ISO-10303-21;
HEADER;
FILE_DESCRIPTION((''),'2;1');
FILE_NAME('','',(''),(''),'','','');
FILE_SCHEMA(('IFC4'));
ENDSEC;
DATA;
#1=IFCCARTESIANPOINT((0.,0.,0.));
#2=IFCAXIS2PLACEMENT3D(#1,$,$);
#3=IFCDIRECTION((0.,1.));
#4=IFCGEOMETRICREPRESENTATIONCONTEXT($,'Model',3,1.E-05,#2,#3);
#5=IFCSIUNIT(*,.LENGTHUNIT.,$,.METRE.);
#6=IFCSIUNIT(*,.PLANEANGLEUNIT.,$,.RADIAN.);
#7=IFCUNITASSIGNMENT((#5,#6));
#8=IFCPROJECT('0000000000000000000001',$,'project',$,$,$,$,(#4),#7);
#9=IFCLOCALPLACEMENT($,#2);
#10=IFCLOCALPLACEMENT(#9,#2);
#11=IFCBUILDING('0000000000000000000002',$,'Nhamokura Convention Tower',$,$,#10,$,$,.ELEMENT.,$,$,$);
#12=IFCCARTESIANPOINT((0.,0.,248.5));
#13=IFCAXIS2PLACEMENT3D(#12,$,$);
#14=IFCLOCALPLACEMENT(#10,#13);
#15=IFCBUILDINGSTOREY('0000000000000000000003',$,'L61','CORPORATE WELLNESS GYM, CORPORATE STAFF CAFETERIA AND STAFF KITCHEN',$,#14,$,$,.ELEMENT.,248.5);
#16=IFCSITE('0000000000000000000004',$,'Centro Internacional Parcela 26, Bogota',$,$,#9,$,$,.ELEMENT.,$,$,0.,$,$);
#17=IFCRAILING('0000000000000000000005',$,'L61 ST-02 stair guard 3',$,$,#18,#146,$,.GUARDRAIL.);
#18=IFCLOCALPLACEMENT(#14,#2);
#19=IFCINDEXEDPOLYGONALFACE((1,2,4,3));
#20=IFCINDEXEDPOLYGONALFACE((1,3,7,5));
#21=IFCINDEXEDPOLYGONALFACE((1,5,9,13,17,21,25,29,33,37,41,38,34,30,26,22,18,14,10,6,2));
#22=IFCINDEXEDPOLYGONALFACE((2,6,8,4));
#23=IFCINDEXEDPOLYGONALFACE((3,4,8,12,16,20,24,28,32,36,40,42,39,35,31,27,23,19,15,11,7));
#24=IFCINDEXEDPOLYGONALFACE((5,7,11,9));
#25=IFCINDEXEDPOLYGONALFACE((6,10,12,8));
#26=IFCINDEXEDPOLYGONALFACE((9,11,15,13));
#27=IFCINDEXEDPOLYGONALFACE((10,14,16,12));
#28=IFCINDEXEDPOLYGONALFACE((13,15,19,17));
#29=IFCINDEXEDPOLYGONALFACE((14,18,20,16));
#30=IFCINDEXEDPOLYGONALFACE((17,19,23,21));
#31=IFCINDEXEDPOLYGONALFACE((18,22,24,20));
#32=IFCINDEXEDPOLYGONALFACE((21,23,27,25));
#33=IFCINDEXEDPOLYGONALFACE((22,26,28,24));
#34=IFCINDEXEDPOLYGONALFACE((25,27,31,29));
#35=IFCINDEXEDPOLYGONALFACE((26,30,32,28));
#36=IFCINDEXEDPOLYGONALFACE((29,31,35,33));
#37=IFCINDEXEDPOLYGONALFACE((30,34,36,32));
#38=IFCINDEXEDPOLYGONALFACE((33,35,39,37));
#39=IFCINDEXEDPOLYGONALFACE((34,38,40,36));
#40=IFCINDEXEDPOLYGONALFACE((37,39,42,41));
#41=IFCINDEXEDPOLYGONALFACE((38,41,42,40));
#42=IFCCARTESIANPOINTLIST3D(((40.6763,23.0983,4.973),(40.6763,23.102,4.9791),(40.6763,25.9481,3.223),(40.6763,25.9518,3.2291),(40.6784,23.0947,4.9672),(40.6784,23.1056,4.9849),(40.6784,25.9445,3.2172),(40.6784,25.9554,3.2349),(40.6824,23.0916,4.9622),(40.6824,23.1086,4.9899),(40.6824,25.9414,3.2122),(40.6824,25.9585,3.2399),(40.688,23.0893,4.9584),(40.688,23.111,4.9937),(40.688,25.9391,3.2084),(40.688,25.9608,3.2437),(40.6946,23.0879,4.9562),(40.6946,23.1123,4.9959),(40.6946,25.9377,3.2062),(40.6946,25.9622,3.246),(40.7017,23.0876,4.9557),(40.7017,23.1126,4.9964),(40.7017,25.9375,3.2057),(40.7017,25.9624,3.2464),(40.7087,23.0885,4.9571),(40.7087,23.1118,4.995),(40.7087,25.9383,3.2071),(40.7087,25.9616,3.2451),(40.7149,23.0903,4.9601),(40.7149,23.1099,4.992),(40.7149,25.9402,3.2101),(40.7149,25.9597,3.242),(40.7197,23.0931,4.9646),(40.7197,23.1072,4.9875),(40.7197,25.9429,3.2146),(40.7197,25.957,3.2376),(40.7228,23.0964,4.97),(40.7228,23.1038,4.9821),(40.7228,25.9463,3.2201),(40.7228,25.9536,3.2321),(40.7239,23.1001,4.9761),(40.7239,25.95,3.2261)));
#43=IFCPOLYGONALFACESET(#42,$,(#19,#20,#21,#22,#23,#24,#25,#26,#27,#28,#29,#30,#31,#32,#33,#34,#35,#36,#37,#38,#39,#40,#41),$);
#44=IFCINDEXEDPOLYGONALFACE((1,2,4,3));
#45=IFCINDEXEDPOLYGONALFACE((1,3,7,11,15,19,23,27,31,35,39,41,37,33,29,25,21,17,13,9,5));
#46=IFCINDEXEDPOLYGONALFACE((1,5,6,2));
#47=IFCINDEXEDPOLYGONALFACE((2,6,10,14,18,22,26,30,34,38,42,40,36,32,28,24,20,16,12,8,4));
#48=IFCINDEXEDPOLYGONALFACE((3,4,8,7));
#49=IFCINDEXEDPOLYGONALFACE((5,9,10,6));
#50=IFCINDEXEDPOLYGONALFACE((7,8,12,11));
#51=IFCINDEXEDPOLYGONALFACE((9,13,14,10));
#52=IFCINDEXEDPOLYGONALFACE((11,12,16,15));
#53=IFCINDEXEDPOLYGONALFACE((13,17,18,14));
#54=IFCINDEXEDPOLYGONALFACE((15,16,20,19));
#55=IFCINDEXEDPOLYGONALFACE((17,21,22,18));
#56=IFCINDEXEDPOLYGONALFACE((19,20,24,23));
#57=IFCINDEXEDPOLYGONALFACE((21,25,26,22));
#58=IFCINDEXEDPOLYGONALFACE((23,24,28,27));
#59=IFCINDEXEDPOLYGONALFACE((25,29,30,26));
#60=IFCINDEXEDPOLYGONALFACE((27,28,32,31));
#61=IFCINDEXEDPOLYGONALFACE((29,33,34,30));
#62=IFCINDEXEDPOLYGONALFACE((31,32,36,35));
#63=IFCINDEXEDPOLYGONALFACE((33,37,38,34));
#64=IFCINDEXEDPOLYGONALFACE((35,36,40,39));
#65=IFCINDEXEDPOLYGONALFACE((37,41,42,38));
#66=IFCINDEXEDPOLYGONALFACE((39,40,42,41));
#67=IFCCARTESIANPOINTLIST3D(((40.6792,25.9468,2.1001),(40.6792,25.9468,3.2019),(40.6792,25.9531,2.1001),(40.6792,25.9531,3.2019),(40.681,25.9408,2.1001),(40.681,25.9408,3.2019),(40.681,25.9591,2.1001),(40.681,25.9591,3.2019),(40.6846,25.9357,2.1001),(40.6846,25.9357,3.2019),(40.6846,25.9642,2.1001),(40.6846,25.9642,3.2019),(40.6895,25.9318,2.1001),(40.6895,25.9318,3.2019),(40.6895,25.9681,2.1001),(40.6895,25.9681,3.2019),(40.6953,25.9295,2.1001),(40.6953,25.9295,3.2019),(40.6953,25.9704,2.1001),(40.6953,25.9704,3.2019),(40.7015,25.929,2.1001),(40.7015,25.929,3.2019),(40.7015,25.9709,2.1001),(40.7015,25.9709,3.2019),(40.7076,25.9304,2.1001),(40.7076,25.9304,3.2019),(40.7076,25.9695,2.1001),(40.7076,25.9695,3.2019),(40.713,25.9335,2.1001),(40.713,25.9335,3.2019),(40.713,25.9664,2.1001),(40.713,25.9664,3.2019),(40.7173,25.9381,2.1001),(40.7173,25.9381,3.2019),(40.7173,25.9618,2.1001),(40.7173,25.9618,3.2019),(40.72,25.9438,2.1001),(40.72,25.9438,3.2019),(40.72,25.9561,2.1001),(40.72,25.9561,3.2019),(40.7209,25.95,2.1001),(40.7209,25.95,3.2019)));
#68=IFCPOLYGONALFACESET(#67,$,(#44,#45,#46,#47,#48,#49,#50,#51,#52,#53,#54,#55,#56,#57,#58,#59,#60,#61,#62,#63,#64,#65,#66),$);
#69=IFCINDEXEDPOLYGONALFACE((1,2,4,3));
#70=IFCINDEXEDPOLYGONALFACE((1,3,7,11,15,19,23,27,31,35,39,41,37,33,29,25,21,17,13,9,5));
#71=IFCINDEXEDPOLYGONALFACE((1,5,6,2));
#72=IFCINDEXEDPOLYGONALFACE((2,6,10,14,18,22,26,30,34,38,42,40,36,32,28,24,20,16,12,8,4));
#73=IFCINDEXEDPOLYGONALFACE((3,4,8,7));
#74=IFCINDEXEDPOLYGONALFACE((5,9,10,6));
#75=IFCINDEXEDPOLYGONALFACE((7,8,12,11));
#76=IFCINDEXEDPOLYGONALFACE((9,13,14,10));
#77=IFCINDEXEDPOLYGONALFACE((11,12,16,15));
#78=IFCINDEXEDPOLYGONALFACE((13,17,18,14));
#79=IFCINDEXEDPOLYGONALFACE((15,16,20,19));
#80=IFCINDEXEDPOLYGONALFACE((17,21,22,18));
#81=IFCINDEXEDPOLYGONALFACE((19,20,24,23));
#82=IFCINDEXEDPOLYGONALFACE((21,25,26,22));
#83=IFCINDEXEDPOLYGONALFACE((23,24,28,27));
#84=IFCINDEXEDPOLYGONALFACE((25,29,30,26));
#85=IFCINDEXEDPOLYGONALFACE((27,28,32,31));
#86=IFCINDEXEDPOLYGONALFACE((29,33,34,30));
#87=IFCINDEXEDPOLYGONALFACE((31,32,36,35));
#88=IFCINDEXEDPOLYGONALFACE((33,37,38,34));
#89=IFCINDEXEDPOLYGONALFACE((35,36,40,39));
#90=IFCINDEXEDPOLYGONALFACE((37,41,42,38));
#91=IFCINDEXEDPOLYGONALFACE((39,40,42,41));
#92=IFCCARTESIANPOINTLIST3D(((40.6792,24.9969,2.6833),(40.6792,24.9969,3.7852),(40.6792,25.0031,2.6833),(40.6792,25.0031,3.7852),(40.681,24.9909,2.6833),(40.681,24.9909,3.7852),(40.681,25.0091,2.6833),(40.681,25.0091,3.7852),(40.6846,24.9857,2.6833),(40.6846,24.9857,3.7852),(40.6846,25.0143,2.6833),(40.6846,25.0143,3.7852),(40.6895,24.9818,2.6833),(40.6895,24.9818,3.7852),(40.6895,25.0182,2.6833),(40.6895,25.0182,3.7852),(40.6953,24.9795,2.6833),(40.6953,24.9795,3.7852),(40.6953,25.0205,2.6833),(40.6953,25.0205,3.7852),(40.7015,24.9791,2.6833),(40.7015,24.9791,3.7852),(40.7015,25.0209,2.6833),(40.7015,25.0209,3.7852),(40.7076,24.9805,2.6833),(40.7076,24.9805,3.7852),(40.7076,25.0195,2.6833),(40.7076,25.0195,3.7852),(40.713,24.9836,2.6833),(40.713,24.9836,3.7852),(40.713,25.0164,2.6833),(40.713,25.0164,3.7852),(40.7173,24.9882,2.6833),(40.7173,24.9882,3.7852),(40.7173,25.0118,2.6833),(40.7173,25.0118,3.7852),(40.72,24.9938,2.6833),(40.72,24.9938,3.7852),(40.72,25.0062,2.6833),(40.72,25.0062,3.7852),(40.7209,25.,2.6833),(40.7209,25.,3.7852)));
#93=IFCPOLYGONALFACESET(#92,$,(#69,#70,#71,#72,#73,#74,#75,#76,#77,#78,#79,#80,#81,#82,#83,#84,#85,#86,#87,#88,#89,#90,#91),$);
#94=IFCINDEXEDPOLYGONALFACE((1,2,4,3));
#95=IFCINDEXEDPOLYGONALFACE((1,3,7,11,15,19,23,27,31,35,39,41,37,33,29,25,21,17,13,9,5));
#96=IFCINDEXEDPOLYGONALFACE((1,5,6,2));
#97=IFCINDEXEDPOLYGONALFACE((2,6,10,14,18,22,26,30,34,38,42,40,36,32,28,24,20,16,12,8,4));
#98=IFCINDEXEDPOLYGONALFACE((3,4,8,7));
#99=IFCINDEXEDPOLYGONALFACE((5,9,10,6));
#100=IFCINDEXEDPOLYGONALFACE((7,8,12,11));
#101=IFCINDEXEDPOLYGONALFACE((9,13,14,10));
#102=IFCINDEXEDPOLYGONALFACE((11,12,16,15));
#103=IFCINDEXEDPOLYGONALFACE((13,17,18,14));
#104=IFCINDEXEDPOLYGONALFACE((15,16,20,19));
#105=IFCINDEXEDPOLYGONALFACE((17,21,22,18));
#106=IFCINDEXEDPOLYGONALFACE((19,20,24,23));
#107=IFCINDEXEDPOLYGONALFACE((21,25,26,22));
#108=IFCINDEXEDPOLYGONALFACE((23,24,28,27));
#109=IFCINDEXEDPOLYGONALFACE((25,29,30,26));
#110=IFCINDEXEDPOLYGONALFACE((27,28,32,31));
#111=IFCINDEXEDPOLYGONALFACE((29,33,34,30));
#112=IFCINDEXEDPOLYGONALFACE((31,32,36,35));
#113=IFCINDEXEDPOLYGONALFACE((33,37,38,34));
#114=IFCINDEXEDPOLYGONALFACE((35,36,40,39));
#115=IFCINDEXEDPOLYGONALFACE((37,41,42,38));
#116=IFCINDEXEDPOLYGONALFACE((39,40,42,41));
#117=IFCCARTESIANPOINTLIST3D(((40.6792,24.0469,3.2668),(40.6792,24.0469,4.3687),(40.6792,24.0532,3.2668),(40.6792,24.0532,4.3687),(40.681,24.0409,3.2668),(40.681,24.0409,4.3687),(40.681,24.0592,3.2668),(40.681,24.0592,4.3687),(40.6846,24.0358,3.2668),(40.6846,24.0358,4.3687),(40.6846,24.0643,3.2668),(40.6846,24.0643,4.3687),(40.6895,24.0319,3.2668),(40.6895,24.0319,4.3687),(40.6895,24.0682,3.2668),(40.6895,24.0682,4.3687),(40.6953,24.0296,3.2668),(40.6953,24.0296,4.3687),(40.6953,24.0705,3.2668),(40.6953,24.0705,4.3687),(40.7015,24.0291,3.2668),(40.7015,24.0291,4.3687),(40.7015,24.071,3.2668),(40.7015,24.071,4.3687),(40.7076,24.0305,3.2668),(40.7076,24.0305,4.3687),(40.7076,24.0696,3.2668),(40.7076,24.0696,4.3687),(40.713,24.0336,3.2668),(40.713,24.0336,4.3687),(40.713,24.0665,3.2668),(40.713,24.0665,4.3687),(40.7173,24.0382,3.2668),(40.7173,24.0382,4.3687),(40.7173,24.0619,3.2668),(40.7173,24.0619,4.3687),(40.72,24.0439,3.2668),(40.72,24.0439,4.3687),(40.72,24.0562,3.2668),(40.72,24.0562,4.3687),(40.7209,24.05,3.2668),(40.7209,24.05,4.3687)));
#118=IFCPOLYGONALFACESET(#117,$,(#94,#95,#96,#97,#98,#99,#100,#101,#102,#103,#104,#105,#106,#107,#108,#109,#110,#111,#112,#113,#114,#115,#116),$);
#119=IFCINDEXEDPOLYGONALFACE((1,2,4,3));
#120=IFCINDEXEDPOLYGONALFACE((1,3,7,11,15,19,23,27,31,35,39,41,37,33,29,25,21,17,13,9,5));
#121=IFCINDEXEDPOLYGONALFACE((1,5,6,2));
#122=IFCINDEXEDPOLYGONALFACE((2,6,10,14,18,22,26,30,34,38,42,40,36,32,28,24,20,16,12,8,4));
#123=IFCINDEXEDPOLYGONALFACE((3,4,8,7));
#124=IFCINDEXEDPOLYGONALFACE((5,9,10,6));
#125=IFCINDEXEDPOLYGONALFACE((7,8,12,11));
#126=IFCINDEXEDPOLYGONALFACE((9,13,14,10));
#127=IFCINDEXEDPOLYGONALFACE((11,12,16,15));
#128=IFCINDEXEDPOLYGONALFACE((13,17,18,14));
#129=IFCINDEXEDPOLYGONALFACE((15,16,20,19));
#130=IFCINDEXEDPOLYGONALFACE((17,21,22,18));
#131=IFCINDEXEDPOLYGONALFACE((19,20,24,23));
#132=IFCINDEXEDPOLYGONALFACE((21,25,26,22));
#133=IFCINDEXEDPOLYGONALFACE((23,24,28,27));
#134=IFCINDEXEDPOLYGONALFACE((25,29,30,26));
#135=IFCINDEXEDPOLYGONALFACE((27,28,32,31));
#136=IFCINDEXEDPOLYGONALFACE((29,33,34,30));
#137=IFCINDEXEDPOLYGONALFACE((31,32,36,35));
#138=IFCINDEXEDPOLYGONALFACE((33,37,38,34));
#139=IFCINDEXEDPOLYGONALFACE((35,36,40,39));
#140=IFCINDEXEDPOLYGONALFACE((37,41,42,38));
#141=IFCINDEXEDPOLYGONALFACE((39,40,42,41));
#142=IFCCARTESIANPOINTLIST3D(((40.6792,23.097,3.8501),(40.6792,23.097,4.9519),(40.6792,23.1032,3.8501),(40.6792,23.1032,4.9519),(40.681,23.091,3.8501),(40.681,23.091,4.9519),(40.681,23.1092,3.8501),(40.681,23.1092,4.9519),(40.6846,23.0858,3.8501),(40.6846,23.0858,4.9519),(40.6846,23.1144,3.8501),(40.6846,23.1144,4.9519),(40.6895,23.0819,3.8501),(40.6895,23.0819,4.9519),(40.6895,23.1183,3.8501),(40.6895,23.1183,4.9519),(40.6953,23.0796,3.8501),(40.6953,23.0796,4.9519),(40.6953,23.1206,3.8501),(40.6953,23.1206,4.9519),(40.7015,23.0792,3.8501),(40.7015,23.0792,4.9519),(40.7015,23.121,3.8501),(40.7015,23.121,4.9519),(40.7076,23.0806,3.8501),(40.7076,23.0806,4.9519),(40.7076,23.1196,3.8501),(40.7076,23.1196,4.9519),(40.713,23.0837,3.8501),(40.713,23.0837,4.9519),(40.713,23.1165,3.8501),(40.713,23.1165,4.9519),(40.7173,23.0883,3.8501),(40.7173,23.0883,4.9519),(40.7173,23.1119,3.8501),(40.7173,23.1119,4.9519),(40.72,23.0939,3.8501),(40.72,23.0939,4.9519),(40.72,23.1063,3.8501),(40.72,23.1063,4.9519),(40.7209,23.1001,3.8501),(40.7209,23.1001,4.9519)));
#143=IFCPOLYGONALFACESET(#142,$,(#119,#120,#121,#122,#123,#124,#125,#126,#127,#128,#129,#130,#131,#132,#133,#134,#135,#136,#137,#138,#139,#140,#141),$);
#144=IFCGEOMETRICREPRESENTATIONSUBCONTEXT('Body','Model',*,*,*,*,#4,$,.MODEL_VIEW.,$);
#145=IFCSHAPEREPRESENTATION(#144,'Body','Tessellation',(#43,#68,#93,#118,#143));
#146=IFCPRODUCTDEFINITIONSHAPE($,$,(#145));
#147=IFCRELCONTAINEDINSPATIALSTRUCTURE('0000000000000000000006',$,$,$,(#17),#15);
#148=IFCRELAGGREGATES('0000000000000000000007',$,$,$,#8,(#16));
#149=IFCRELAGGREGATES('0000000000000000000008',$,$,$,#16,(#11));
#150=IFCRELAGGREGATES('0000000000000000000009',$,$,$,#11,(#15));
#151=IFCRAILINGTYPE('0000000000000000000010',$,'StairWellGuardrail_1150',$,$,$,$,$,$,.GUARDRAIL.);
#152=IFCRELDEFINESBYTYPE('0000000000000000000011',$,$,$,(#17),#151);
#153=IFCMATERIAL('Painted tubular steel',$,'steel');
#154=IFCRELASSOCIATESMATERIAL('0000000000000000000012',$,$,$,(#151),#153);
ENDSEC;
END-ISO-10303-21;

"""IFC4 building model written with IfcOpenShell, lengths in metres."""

from ifc_helpers import new_model, si_unit, direction, frame, origin, origin_2d, place, context, subcontext, project, spatial, circle, extrude, material, type_object, element, save


model = new_model("IFC4")

# Units and contexts
model_context = context("Model", 3, precision=1e-05, world=origin(), true_north=direction((0.0, 1.0)))
body_context = subcontext(model_context, "Body", "Model", "MODEL_VIEW")
ifc_project = project(units=[si_unit("LENGTHUNIT", "METRE"), si_unit("PLANEANGLEUNIT", "RADIAN")], contexts=[model_context])

# Site, building, storey
site_placement = place(None, origin())
site = spatial("IfcSite", under=ifc_project, at=site_placement, Name="Centro Internacional Parcela 26, Bogota", CompositionType="ELEMENT", RefElevation=0.0)
building_placement = place(site_placement, origin())
building = spatial("IfcBuilding", under=site, at=building_placement, Name="Nhamokura Convention Tower", CompositionType="ELEMENT")
storey_placement = place(building_placement, frame((0.0, 0.0, 248.5)))
storey = spatial("IfcBuildingStorey", under=building, at=storey_placement, Name="L61", Description="CORPORATE WELLNESS GYM, CORPORATE STAFF CAFETERIA AND STAFF KITCHEN", CompositionType="ELEMENT", Elevation=248.5)

# Railing
ifc_material_1 = material(Name="Painted tubular steel", Category="steel")
railing_type_1 = type_object("IfcRailingType", Name="StairWellGuardrail_1150", PredefinedType="GUARDRAIL", material=ifc_material_1)
railing_1_placement = place(storey_placement, frame((40.7, 25.95, 2.1001)))
element("IfcRailing", 1, at=railing_1_placement, inside=storey, type_object=railing_type_1, Name="L61 ST-02 stair guard 3", PredefinedType="GUARDRAIL", context=body_context, shape_type="SweptSolid", body=[
    extrude(circle(Radius=0.0239, at=origin_2d()), frame((0.0, 0.0, 1.126), z_axis=(0.0, -0.852159, 0.523283), x_axis=(1.0, 0.0, 0.0)), (0.0, 0.0, 1.0), 3.3442),
    extrude(circle(Radius=0.021, at=origin_2d()), origin(), (0.0, 0.0, 1.0), 1.1018),
    extrude(circle(Radius=0.021, at=origin_2d()), frame((0.0, -0.95, 0.5833)), (0.0, 0.0, 1.0), 1.1018),
    extrude(circle(Radius=0.021, at=origin_2d()), frame((0.0, -1.8999, 1.1667)), (0.0, 0.0, 1.0), 1.1018),
    extrude(circle(Radius=0.021, at=origin_2d()), frame((0.0, -2.8499, 1.75)), (0.0, 0.0, 1.0), 1.1018),
])

save(model, "model.ifc")
